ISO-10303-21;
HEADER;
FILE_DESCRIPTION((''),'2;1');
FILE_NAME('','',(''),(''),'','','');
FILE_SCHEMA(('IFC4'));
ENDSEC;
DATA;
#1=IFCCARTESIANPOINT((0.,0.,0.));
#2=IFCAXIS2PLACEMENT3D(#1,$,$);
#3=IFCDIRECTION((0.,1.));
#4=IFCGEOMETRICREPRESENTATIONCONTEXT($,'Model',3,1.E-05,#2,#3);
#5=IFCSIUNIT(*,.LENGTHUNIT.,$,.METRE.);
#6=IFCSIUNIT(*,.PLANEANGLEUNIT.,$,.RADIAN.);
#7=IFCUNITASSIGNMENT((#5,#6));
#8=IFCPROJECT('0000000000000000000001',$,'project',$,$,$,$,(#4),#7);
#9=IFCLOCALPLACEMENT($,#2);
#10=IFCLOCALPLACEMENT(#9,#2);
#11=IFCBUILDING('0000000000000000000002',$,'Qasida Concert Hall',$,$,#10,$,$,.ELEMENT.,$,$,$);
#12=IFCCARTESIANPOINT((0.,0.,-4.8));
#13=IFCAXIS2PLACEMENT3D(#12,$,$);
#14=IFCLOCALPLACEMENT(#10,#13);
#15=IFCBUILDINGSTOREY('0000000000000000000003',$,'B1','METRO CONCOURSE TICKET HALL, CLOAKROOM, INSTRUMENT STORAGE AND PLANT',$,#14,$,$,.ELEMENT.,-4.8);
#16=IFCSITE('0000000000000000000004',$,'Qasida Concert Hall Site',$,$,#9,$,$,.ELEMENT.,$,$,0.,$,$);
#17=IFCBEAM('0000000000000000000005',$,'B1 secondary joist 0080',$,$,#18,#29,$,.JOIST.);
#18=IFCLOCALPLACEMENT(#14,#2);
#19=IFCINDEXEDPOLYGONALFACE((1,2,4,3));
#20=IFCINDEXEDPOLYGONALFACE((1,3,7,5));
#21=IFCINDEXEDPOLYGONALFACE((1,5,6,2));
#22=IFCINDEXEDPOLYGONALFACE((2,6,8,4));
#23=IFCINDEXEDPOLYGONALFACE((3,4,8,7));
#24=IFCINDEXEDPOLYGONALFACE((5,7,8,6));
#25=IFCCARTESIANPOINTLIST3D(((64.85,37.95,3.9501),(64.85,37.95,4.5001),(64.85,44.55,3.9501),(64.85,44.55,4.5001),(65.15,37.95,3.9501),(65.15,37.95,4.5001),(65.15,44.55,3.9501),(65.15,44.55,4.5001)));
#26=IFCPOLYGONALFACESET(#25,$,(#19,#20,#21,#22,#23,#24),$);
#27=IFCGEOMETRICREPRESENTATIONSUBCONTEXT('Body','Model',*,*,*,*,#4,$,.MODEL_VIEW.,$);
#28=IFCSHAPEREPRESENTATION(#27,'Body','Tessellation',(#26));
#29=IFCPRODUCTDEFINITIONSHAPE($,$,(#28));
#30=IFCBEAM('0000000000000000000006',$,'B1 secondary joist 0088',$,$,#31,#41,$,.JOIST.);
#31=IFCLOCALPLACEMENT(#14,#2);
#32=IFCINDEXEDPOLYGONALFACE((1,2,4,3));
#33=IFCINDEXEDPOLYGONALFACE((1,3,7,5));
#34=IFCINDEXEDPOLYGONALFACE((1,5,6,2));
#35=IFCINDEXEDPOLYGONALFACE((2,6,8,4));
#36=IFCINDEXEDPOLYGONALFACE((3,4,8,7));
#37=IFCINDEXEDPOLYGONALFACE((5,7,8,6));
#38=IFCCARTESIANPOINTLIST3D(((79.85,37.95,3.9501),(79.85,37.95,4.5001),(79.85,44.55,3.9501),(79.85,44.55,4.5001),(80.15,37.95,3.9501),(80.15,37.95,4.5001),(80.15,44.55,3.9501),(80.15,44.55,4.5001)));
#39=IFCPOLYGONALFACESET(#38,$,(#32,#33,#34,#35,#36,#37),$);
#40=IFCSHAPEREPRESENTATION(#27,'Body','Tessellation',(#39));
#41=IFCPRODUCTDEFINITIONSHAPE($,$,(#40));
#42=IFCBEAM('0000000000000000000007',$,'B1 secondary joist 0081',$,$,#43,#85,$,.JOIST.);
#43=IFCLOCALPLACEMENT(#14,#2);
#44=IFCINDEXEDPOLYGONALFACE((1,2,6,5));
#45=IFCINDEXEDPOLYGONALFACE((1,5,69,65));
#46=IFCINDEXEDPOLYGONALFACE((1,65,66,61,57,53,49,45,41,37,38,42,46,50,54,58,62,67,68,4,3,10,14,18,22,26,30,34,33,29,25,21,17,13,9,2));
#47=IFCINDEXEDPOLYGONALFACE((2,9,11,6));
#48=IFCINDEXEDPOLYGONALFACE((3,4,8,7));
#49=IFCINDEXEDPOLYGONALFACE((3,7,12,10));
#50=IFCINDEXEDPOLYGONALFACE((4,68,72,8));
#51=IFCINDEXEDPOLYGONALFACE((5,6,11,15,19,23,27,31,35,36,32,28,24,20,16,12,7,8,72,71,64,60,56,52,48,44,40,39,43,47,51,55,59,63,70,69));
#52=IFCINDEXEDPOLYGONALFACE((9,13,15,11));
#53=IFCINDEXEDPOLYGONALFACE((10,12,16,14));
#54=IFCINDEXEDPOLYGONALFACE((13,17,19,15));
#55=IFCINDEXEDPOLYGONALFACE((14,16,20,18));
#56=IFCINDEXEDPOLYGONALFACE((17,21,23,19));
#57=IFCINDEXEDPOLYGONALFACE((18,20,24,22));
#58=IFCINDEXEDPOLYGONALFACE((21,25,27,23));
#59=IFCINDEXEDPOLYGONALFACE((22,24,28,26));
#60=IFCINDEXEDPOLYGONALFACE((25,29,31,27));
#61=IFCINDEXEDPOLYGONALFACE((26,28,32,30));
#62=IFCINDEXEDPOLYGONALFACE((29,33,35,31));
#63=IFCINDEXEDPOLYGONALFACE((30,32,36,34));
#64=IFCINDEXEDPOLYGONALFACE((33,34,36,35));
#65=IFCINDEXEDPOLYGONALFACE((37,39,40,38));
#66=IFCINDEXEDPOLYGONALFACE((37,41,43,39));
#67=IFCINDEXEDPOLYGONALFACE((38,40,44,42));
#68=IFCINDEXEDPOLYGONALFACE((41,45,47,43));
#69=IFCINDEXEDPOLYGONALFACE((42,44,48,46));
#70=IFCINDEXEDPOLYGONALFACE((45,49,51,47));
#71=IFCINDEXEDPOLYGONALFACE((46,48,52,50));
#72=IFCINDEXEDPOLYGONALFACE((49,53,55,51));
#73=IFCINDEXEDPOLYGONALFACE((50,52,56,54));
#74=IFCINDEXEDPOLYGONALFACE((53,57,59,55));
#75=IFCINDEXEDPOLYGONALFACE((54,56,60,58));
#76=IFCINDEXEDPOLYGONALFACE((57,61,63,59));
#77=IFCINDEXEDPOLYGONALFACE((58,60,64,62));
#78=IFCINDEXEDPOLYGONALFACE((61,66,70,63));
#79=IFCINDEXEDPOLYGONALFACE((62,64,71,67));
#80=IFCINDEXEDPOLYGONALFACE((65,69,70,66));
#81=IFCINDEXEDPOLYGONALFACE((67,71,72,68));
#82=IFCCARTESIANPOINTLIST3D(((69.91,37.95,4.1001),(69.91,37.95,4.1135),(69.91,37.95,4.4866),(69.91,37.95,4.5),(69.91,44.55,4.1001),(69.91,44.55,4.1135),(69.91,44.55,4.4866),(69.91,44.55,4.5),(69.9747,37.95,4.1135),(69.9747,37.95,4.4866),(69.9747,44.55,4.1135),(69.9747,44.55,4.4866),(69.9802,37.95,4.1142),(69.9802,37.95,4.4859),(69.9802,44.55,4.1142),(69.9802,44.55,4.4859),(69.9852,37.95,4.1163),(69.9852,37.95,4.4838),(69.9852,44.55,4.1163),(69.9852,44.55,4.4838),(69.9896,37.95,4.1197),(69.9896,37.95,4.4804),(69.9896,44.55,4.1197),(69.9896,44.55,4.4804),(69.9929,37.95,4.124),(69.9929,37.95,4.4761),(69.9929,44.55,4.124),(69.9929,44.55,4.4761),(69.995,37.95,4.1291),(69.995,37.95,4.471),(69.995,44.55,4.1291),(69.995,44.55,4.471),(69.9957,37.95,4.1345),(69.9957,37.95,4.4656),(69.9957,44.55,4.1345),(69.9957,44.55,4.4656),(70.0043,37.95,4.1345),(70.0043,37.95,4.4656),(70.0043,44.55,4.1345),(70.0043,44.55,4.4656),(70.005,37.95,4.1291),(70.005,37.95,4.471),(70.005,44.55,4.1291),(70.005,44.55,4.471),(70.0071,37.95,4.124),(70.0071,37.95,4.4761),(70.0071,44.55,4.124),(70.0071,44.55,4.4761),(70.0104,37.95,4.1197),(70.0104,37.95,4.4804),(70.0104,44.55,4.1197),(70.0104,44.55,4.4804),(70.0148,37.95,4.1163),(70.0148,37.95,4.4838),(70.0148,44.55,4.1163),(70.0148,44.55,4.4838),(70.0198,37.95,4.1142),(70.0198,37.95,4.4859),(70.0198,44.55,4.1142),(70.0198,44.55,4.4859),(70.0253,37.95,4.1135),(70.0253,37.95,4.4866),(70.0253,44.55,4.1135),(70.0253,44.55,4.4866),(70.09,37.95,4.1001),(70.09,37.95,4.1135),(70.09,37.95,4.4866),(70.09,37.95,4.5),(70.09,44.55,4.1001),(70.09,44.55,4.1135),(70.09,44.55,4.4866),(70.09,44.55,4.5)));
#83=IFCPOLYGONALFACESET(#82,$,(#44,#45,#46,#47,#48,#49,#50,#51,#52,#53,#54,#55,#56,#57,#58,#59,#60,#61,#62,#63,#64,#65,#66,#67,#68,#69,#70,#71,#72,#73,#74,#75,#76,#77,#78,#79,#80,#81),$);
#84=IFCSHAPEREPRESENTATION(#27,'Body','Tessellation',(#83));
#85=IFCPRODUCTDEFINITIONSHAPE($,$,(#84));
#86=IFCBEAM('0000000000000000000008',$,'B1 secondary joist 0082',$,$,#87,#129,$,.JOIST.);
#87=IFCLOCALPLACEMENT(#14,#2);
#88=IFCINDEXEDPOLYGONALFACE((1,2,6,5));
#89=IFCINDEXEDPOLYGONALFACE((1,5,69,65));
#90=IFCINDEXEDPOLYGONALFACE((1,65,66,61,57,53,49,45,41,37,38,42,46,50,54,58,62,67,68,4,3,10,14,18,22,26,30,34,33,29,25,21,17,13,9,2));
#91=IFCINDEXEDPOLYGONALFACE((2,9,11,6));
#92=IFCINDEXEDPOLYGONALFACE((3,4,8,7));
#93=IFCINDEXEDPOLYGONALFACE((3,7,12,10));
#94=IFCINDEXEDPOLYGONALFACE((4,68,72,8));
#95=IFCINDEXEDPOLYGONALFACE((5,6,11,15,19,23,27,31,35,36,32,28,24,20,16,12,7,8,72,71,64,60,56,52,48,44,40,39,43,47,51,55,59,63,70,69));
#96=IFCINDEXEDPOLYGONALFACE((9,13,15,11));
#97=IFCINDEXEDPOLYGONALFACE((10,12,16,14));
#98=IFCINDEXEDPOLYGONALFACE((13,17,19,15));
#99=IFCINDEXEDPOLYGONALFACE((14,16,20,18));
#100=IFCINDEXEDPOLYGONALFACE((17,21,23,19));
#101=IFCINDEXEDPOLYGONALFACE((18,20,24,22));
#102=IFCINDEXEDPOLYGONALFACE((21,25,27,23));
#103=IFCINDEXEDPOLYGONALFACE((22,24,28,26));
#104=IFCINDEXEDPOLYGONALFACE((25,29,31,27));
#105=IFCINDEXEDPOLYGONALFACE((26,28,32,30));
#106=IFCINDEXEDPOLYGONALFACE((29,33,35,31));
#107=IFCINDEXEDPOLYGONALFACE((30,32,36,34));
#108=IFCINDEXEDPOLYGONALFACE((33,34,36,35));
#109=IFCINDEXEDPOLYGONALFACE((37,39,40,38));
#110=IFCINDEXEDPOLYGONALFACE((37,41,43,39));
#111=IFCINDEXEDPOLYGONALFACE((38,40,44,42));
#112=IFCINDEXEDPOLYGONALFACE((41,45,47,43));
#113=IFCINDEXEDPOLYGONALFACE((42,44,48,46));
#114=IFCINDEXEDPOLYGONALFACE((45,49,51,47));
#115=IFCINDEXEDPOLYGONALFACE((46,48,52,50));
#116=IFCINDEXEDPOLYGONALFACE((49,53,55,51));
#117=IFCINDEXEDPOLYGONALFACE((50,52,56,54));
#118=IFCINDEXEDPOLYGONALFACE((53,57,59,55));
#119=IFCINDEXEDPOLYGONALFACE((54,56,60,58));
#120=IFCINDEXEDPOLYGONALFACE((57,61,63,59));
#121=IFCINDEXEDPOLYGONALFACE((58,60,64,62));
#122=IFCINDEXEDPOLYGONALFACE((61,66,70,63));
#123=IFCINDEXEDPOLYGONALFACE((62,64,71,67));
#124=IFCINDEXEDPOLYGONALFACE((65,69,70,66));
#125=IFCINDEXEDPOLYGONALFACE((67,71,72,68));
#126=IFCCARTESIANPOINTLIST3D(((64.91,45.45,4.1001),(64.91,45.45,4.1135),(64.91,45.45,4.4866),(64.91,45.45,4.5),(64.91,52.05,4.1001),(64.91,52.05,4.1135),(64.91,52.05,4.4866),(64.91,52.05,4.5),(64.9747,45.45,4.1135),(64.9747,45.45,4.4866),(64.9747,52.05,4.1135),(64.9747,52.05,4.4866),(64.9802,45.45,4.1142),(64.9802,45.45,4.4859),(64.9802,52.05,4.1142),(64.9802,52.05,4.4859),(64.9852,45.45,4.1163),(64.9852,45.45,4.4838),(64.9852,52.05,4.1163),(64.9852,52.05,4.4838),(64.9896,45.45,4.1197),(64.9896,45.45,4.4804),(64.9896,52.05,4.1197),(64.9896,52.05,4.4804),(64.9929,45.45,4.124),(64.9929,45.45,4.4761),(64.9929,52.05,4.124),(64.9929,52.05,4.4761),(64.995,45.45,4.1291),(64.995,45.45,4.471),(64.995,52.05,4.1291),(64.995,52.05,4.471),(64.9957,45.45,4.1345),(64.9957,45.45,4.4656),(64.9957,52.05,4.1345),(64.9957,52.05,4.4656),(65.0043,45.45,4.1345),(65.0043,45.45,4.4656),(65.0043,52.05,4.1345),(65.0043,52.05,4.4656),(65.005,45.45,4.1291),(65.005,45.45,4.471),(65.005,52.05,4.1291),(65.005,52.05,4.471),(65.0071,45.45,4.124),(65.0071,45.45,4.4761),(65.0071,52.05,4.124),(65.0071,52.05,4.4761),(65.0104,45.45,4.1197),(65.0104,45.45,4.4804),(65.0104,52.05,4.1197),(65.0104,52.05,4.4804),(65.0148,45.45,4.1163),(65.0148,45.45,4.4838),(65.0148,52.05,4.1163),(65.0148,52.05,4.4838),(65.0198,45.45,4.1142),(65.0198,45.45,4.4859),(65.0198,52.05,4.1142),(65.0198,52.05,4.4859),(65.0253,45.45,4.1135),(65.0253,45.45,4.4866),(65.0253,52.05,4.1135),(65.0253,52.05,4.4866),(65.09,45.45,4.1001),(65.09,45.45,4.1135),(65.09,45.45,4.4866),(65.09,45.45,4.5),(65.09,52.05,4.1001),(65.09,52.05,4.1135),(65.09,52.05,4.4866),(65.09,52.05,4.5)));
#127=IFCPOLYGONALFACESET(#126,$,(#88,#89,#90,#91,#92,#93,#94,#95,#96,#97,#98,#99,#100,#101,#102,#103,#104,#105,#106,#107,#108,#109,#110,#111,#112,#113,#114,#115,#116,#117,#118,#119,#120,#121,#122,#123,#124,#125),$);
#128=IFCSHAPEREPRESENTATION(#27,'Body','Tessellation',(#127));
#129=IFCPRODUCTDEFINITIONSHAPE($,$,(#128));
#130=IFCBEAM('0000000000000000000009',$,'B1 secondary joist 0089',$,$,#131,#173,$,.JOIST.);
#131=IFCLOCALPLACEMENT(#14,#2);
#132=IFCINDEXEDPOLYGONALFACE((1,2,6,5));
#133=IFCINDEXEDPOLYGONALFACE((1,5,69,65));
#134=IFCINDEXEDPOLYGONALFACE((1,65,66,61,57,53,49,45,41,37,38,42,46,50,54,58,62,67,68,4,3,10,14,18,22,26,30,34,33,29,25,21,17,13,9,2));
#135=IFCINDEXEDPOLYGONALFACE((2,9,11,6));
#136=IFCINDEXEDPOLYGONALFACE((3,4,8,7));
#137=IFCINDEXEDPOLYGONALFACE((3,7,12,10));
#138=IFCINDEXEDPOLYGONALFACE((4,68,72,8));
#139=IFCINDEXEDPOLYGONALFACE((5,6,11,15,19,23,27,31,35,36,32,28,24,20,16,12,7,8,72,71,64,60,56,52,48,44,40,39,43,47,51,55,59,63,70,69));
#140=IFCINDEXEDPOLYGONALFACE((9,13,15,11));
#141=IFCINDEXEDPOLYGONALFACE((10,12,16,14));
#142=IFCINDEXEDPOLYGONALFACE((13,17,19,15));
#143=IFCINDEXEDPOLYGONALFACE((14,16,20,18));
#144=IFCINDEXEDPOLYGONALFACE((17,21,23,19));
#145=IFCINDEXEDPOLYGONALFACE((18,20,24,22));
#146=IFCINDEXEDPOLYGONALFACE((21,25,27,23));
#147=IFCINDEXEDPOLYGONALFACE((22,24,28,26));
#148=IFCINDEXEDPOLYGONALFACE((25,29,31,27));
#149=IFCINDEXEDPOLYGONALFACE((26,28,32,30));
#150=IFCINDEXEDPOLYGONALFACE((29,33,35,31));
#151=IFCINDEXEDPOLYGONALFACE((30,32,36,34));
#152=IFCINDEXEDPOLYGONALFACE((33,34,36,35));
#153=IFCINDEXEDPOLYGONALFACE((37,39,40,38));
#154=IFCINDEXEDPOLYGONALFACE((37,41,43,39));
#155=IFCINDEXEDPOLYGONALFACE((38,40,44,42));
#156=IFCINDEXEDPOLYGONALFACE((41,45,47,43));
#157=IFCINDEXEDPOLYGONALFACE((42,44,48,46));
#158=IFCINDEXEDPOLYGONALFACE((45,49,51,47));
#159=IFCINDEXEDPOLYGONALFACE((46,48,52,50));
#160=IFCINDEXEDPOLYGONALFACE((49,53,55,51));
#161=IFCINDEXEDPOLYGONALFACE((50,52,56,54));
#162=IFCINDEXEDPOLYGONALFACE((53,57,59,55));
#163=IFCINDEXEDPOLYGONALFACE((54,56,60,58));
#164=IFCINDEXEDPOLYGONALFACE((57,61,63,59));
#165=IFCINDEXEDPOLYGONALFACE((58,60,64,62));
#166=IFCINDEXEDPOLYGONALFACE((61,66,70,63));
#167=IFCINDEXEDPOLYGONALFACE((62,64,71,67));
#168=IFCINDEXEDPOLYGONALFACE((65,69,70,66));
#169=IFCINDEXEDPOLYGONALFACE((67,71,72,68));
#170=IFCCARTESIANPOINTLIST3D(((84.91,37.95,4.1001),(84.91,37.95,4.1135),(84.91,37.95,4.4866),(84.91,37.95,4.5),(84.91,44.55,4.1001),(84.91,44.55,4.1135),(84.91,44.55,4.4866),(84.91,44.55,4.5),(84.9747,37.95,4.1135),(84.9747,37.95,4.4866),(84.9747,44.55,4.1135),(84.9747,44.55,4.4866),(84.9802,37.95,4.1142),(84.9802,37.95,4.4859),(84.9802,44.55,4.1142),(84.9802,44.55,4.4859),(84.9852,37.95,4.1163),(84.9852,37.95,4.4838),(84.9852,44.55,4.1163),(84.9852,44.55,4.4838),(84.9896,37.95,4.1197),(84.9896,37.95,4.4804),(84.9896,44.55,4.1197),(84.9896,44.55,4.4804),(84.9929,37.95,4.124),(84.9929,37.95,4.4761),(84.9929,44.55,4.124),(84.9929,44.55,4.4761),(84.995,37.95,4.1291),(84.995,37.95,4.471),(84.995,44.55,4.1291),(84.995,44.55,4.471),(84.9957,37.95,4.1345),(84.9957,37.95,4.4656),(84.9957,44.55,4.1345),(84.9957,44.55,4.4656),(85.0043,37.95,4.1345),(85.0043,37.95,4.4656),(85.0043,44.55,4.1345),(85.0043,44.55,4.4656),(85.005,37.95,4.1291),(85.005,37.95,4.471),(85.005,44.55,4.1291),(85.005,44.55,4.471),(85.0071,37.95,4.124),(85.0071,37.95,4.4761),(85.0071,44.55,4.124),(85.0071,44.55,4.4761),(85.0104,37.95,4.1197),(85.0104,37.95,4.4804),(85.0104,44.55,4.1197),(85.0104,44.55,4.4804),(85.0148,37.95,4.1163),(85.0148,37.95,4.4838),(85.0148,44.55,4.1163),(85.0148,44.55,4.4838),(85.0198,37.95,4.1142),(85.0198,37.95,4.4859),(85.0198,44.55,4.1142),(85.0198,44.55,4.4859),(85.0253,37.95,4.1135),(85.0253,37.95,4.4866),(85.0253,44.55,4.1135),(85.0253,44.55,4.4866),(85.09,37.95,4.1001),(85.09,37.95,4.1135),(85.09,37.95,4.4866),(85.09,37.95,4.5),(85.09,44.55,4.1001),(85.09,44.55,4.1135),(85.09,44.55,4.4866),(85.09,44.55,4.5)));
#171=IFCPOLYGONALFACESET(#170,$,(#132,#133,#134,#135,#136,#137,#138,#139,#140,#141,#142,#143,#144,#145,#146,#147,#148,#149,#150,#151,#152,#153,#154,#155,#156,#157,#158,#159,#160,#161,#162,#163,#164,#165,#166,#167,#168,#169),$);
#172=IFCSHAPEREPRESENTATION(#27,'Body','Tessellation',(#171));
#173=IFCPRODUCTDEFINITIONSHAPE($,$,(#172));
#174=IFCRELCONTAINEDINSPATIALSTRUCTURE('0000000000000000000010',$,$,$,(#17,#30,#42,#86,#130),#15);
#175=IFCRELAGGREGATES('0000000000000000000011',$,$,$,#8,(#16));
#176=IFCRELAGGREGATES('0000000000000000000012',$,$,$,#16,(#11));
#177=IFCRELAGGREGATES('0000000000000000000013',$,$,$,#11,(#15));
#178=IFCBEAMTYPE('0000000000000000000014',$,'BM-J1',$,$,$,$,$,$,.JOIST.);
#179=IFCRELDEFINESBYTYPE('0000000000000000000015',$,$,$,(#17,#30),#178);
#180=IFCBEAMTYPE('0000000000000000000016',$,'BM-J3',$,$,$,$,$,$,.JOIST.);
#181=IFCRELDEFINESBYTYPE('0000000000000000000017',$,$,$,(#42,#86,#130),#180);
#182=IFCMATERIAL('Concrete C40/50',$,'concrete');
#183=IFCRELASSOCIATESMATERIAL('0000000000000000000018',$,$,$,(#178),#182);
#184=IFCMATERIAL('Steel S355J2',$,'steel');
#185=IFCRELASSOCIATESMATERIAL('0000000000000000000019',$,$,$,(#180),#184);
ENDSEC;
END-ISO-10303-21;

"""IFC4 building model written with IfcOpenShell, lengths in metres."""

from ifc_helpers import new_model, si_unit, direction, frame, origin, origin_2d, place, context, subcontext, project, spatial, rectangle, i_section, extrude, material, material_profile, profile_set, type_object, element, save


model = new_model("IFC4")

# Units and contexts
model_context = context("Model", 3, precision=1e-05, world=origin(), true_north=direction((0.0, 1.0)))
body_context = subcontext(model_context, "Body", "Model", "MODEL_VIEW")
ifc_project = project(units=[si_unit("LENGTHUNIT", "METRE"), si_unit("PLANEANGLEUNIT", "RADIAN")], contexts=[model_context])

# Site, building, storey
site_placement = place(None, origin())
site = spatial("IfcSite", under=ifc_project, at=site_placement, Name="Qasida Concert Hall Site", CompositionType="ELEMENT", RefElevation=0.0)
building_placement = place(site_placement, origin())
building = spatial("IfcBuilding", under=site, at=building_placement, Name="Qasida Concert Hall", CompositionType="ELEMENT")
storey_placement = place(building_placement, frame((0.0, 0.0, -4.8)))
storey = spatial("IfcBuildingStorey", under=building, at=storey_placement, Name="B1", Description="METRO CONCOURSE TICKET HALL, CLOAKROOM, INSTRUMENT STORAGE AND PLANT", CompositionType="ELEMENT", Elevation=-4.8)

# Shared definitions
ifc_material_1 = material(Name="Concrete C40/50", Category="concrete")

# Beams
ifc_material_2 = material(Name="Steel S355J2", Category="steel")
ifc_material_profile_1 = material_profile(ifc_material_1, rectangle(XDim=0.3, YDim=0.55, at=origin_2d()), Name="RC 300x550")
ifc_profile_set_1 = profile_set([ifc_material_profile_1], Name="Concrete C40/50")
beam_type_1 = type_object("IfcBeamType", Name="BM-J1", PredefinedType="JOIST", material=ifc_profile_set_1)
for number, where, z_axis, x_axis, name in (
    (1, (65.0, 37.95, 4.2251), (0.0, 1.0, 0.0), (-1.0, 0.0, 0.0), "B1 secondary joist 0080"),
    (2, (80.0, 37.95, 4.2251), (0.0, 1.0, 0.0), (-1.0, 0.0, 0.0), "B1 secondary joist 0088"),
):
    element("IfcBeam", number, at=place(storey_placement, frame(where, z_axis=z_axis, x_axis=x_axis)), inside=storey, type_object=beam_type_1, Name=name, PredefinedType="JOIST", context=body_context, shape_type="SweptSolid", body=[
        extrude(rectangle(XDim=0.3, YDim=0.55, at=origin_2d()), origin(), (0.0, 0.0, 1.0), 6.6001),
    ])
ifc_material_profile_2 = material_profile(ifc_material_2, i_section(OverallWidth=0.1799, OverallDepth=0.3999, WebThickness=0.0085, FlangeThickness=0.0134, FilletRadius=0.021, at=origin_2d()), Name="IPE 400")
ifc_profile_set_2 = profile_set([ifc_material_profile_2], Name="Steel S355J2")
beam_type_2 = type_object("IfcBeamType", Name="BM-J3", PredefinedType="JOIST", material=ifc_profile_set_2)
for number, where, z_axis, x_axis, name in (
    (3, (70.0, 37.95, 4.3), (0.0, 1.0, 0.0), (-1.0, 0.0, 0.0), "B1 secondary joist 0081"),
    (4, (65.0, 45.45, 4.3), (0.0, 1.0, 0.0), (-1.0, 0.0, 0.0), "B1 secondary joist 0082"),
    (5, (85.0, 37.95, 4.3), (0.0, 1.0, 0.0), (-1.0, 0.0, 0.0), "B1 secondary joist 0089"),
):
    element("IfcBeam", number, at=place(storey_placement, frame(where, z_axis=z_axis, x_axis=x_axis)), inside=storey, type_object=beam_type_2, Name=name, PredefinedType="JOIST", context=body_context, shape_type="SweptSolid", body=[
        extrude(i_section(OverallWidth=0.1799, OverallDepth=0.3999, WebThickness=0.0085, FlangeThickness=0.0134, FilletRadius=0.021, at=origin_2d()), origin(), (0.0, 0.0, 1.0), 6.6001),
    ])

save(model, "model.ifc")
